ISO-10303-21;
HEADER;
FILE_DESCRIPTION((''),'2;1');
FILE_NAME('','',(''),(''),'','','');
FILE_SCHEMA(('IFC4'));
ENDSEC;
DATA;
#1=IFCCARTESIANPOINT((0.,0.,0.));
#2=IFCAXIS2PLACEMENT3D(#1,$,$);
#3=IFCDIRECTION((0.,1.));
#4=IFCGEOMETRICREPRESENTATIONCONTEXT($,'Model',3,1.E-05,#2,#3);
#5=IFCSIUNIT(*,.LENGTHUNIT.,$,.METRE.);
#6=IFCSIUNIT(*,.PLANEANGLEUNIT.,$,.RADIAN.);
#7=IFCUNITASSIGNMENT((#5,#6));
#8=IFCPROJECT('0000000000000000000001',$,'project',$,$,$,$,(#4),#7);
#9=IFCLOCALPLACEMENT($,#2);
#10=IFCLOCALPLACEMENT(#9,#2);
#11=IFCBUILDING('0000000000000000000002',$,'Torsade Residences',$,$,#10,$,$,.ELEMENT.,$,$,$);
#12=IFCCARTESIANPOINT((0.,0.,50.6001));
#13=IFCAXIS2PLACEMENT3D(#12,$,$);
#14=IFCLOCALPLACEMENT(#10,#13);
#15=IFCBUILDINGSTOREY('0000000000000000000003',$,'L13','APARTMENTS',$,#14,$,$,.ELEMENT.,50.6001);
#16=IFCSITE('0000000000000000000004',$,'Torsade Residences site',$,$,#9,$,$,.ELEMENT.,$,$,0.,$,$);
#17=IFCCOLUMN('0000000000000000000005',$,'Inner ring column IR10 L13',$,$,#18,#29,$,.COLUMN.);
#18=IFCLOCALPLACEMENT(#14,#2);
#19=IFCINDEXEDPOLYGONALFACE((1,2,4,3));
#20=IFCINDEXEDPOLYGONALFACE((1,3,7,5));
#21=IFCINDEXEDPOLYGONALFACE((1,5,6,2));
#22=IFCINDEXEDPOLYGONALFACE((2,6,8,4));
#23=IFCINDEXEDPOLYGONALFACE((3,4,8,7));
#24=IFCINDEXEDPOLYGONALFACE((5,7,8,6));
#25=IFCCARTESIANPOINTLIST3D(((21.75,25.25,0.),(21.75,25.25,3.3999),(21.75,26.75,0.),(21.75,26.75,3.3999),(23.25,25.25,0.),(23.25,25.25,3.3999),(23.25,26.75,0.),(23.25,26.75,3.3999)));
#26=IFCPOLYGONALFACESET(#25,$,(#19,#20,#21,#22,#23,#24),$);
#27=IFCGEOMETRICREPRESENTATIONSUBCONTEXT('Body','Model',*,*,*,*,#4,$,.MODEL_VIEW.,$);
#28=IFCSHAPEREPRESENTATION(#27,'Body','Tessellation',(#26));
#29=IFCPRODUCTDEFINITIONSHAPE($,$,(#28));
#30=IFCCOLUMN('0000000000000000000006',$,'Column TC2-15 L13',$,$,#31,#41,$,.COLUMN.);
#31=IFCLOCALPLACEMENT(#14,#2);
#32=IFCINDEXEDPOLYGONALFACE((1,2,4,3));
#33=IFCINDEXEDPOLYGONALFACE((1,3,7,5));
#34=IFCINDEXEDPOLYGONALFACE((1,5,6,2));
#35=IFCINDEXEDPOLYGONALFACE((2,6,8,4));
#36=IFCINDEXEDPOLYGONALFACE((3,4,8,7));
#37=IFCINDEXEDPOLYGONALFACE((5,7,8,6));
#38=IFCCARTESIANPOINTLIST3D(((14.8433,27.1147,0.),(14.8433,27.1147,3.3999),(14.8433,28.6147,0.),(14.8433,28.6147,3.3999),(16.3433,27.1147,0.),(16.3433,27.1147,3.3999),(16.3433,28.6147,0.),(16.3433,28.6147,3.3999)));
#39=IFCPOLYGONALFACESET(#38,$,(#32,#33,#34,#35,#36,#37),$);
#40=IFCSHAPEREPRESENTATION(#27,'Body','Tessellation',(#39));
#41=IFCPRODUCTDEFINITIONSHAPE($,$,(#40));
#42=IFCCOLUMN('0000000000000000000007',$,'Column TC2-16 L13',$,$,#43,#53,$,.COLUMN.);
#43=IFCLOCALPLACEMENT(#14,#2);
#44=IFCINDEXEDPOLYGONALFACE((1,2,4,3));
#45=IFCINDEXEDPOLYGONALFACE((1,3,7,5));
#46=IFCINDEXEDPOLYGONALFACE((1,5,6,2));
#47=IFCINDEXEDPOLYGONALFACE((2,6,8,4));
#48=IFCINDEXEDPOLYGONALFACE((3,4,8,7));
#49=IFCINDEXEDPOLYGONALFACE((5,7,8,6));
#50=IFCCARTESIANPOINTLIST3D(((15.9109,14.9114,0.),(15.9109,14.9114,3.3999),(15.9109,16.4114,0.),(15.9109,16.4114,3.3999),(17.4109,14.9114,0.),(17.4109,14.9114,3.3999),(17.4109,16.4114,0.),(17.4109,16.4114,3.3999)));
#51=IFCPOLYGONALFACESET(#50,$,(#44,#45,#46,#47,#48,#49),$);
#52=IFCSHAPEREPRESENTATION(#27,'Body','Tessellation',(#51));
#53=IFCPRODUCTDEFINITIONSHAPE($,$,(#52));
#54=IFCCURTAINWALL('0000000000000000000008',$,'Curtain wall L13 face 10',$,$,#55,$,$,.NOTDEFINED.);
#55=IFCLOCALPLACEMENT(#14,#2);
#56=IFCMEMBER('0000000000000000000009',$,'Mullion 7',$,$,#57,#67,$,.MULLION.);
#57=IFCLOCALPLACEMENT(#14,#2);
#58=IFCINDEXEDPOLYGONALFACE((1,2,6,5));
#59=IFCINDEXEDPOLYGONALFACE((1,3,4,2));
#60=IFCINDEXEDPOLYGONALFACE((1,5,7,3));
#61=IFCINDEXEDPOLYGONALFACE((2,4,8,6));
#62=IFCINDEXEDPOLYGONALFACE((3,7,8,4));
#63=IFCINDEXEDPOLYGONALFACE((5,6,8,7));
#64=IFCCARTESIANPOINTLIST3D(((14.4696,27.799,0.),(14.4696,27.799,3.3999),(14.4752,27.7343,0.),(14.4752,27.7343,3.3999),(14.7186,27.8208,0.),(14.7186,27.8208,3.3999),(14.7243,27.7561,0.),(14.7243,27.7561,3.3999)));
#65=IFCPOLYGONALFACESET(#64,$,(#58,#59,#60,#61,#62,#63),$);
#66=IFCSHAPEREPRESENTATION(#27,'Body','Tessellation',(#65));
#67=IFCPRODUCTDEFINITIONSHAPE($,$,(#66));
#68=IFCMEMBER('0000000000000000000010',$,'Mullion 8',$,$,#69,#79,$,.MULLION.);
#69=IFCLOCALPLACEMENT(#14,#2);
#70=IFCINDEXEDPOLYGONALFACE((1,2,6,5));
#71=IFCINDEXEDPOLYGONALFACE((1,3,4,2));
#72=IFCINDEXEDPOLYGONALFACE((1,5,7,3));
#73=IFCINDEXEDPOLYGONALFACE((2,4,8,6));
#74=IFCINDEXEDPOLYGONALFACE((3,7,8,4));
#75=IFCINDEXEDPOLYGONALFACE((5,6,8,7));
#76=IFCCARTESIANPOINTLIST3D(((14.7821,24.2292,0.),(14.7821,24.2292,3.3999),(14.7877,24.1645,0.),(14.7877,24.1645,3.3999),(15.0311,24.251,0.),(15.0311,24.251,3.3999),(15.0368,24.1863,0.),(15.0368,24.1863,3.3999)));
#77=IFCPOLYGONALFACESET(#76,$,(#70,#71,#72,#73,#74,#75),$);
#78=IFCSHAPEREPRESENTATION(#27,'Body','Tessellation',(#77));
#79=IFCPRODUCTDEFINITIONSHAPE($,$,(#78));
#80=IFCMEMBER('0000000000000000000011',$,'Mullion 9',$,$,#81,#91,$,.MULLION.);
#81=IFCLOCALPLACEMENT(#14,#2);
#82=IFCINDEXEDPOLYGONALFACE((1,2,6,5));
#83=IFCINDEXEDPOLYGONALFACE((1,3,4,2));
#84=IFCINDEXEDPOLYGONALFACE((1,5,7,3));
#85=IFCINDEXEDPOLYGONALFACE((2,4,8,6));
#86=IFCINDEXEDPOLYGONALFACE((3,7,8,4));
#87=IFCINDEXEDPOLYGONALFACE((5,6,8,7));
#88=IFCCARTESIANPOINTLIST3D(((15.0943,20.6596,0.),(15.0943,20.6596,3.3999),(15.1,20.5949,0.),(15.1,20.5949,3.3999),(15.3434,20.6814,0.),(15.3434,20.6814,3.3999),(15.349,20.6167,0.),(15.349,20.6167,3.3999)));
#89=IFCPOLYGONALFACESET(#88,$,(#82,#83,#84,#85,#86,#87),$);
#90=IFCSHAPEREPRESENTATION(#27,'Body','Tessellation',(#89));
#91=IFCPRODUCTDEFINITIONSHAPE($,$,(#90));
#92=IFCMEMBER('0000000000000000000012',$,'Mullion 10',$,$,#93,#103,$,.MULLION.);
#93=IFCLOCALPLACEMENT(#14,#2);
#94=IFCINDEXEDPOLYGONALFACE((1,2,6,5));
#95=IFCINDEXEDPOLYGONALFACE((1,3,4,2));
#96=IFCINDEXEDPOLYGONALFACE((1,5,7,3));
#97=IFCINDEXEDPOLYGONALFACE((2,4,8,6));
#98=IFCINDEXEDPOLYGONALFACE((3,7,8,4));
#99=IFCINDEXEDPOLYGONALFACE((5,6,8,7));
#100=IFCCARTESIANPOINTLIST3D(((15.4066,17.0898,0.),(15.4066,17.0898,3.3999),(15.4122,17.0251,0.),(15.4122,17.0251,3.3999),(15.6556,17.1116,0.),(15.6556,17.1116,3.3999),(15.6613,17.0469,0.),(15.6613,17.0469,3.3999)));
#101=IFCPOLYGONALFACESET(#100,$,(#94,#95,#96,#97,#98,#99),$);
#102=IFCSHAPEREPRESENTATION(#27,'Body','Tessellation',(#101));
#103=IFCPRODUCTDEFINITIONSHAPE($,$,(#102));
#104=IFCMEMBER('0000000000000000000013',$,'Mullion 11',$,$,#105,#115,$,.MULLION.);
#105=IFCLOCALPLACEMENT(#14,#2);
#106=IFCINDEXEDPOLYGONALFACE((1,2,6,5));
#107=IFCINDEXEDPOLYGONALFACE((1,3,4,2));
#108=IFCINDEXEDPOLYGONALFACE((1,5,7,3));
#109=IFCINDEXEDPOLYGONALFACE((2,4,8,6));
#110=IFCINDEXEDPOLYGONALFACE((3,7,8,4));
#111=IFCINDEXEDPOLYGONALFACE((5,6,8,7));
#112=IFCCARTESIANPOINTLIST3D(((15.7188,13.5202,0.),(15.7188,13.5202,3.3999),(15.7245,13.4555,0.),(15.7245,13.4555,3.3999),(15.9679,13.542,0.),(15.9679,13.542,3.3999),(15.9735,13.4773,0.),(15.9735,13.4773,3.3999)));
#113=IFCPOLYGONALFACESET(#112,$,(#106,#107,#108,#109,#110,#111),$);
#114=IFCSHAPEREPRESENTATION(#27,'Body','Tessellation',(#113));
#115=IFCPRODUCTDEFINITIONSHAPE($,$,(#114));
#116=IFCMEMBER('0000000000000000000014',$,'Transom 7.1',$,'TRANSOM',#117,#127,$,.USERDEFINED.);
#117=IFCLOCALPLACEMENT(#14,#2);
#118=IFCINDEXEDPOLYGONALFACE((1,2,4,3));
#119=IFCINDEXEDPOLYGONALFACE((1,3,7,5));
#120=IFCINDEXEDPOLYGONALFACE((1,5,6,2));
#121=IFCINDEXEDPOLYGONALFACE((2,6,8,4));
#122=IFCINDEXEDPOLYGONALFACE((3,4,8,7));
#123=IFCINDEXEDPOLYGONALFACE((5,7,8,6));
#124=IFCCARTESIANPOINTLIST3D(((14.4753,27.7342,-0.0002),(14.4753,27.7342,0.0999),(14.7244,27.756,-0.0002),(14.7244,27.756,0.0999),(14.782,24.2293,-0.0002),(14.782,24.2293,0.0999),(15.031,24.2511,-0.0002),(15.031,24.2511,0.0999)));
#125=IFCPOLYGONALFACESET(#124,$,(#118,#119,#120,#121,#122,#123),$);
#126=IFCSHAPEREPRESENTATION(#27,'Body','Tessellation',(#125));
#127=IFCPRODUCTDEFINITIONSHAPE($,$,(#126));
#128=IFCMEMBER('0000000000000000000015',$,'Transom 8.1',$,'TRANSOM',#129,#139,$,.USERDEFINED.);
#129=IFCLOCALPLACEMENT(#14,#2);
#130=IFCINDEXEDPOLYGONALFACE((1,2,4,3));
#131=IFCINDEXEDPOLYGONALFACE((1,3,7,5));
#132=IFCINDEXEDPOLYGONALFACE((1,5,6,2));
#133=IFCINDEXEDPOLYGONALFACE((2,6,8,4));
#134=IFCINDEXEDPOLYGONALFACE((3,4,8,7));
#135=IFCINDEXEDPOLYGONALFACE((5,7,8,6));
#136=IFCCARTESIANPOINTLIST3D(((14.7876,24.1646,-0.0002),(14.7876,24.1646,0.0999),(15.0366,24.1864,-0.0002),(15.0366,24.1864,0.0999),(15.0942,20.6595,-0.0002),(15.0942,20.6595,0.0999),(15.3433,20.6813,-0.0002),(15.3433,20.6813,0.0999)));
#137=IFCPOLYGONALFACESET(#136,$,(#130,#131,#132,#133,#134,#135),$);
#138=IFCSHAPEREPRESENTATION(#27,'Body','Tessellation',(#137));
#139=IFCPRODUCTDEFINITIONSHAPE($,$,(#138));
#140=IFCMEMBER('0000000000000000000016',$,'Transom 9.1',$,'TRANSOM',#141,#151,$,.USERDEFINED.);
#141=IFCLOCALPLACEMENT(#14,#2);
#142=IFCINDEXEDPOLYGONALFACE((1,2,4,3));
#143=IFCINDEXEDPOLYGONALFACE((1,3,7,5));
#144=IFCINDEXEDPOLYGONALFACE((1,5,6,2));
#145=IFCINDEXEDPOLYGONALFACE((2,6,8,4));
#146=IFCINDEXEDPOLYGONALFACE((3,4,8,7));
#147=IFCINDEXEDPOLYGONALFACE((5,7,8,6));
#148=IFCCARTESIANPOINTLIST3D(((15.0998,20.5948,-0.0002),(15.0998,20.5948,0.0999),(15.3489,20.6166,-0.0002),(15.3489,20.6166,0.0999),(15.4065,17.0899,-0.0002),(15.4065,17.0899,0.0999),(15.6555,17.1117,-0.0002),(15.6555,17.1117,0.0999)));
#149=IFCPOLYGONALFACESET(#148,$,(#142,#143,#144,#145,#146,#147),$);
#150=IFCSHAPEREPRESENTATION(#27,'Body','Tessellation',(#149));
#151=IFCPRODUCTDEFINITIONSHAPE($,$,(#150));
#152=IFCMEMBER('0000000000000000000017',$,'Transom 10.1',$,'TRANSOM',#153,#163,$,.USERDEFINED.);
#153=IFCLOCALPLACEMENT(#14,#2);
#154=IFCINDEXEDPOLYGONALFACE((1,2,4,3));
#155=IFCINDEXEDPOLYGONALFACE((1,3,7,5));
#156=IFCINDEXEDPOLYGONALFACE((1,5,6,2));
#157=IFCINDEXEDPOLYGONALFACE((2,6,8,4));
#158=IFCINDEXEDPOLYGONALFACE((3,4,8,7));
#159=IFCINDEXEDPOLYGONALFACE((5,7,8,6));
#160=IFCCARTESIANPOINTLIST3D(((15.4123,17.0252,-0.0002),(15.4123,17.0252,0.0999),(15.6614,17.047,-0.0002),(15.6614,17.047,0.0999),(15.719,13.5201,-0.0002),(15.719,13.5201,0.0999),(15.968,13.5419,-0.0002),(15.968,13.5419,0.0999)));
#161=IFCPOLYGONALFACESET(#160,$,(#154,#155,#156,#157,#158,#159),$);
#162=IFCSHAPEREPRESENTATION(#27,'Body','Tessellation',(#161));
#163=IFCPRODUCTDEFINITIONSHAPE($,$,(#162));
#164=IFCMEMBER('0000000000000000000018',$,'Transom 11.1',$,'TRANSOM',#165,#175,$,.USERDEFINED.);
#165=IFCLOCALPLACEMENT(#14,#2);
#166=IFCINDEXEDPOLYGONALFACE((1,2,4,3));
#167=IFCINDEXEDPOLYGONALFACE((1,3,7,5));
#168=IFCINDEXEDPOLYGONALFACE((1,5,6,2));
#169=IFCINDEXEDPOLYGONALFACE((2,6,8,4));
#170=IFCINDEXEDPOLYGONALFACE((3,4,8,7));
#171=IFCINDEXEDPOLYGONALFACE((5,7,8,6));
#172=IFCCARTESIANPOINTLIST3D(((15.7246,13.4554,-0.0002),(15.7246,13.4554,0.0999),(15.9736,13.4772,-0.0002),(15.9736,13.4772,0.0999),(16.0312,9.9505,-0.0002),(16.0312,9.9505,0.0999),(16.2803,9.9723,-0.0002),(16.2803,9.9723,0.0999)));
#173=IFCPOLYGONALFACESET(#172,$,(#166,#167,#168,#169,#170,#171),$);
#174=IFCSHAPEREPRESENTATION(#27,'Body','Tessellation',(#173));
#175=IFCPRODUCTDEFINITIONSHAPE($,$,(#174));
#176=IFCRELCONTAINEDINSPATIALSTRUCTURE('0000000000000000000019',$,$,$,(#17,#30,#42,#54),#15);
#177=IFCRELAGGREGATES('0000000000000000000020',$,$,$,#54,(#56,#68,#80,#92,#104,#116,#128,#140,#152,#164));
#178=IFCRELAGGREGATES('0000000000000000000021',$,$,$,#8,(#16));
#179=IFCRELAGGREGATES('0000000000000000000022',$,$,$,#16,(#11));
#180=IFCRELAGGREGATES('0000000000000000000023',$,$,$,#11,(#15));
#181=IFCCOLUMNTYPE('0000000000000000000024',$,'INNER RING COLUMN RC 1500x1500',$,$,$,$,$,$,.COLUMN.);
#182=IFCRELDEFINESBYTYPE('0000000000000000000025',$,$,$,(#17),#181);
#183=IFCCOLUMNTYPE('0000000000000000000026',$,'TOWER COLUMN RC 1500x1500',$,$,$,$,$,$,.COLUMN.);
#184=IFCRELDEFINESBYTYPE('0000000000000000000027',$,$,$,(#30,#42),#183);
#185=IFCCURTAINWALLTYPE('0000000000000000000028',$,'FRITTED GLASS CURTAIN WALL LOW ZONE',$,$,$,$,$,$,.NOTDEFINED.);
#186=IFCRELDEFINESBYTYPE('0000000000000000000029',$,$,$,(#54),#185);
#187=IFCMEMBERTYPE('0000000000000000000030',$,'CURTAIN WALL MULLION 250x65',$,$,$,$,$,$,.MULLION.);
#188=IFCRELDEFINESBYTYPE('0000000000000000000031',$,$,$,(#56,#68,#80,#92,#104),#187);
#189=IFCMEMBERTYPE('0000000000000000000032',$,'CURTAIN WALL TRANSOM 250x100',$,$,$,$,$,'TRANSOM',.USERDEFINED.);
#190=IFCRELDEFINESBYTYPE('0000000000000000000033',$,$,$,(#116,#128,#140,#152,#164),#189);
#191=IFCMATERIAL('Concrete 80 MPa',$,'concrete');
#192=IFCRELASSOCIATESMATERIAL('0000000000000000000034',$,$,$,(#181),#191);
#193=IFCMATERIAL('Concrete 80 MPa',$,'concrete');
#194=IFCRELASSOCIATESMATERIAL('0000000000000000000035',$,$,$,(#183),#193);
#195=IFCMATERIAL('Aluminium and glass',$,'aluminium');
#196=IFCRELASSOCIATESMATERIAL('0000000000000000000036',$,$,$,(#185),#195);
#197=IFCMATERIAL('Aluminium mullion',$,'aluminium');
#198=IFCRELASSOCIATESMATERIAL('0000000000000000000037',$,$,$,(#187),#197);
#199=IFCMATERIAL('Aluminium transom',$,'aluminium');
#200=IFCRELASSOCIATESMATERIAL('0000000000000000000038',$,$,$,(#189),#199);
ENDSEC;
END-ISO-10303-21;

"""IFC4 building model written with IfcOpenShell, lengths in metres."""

from ifc_helpers import new_model, si_unit, direction, frame, origin, origin_2d, place, context, subcontext, project, spatial, rectangle, extrude, material, material_profile, profile_set, type_object, element, aggregate, save


model = new_model("IFC4")

# Units and contexts
model_context = context("Model", 3, precision=1e-05, world=origin(), true_north=direction((0.0, 1.0)))
body_context = subcontext(model_context, "Body", "Model", "MODEL_VIEW")
ifc_project = project(units=[si_unit("LENGTHUNIT", "METRE"), si_unit("PLANEANGLEUNIT", "RADIAN")], contexts=[model_context])

# Site, building, storey
site_placement = place(None, origin())
site = spatial("IfcSite", under=ifc_project, at=site_placement, Name="Torsade Residences site", CompositionType="ELEMENT", RefElevation=0.0)
building_placement = place(site_placement, origin())
building = spatial("IfcBuilding", under=site, at=building_placement, Name="Torsade Residences", CompositionType="ELEMENT")
storey_placement = place(building_placement, frame((0.0, 0.0, 50.6001)))
storey = spatial("IfcBuildingStorey", under=building, at=storey_placement, Name="L13", Description="APARTMENTS", CompositionType="ELEMENT", Elevation=50.6001)

# Columns
ifc_material_1 = material(Name="Concrete 80 MPa", Category="concrete")
ifc_material_profile_1 = material_profile(ifc_material_1, rectangle(XDim=1.5, YDim=1.5, at=origin_2d()), Name="RC 1500x1500")
ifc_profile_set_1 = profile_set([ifc_material_profile_1], Name="Concrete 80 MPa")
column_type_1 = type_object("IfcColumnType", Name="INNER RING COLUMN RC 1500x1500", PredefinedType="COLUMN", material=ifc_profile_set_1)
column_placement = place(storey_placement, frame((22.5, 26.0, 0.0), z_axis=(0.0, 0.0, 1.0), x_axis=(1.0, 0.0, 0.0)))
element("IfcColumn", 1, at=column_placement, inside=storey, type_object=column_type_1, Name="Inner ring column IR10 L13", PredefinedType="COLUMN", context=body_context, shape_type="SweptSolid", body=[
    extrude(rectangle(XDim=1.5, YDim=1.5, at=origin_2d()), origin(), (0.0, 0.0, 1.0), 3.3999),
])
ifc_material_2 = material(Name="Concrete 80 MPa", Category="concrete")
ifc_material_profile_2 = material_profile(ifc_material_2, rectangle(XDim=1.5, YDim=1.5, at=origin_2d()), Name="RC 1500x1500")
ifc_profile_set_2 = profile_set([ifc_material_profile_2], Name="Concrete 80 MPa")
column_type_2 = type_object("IfcColumnType", Name="TOWER COLUMN RC 1500x1500", PredefinedType="COLUMN", material=ifc_profile_set_2)
for number, where, z_axis, x_axis, name in (
    (2, (15.5933, 27.8647, 0.0), (0.0, 0.0, 1.0), (1.0, 0.0, 0.0), "Column TC2-15 L13"),
    (3, (16.6609, 15.6614, 0.0), (0.0, 0.0, 1.0), (1.0, 0.0, 0.0), "Column TC2-16 L13"),
):
    element("IfcColumn", number, at=place(storey_placement, frame(where, z_axis=z_axis, x_axis=x_axis)), inside=storey, type_object=column_type_2, Name=name, PredefinedType="COLUMN", context=body_context, shape_type="SweptSolid", body=[
        extrude(rectangle(XDim=1.5, YDim=1.5, at=origin_2d()), origin(), (0.0, 0.0, 1.0), 3.3999),
    ])

# Curtain wall, members
ifc_material_3 = material(Name="Aluminium and glass", Category="aluminium")
curtain_wall_type = type_object("IfcCurtainWallType", Name="FRITTED GLASS CURTAIN WALL LOW ZONE", PredefinedType="NOTDEFINED", material=ifc_material_3)
curtain_wall_placement = place(storey_placement, origin())
curtain_wall = element("IfcCurtainWall", 4, at=curtain_wall_placement, inside=storey, type_object=curtain_wall_type, Name="Curtain wall L13 face 10", PredefinedType="NOTDEFINED")
ifc_material_4 = material(Name="Aluminium mullion", Category="aluminium")
ifc_material_profile_3 = material_profile(ifc_material_4, rectangle(XDim=0.25, YDim=0.0649, at=origin_2d()), Name="CURTAIN WALL MULLION 250x65")
ifc_profile_set_3 = profile_set([ifc_material_profile_3], Name="Aluminium mullion")
member_type_1 = type_object("IfcMemberType", Name="CURTAIN WALL MULLION 250x65", PredefinedType="MULLION", material=ifc_profile_set_3)
member_1_placement = place(storey_placement, frame((14.5969, 27.7776, 0.0), z_axis=(0.0, 0.0, 1.0), x_axis=(0.996195, 0.087156, 0.0)))
member_1 = element("IfcMember", 5, at=member_1_placement, type_object=member_type_1, Name="Mullion 7", PredefinedType="MULLION", context=body_context, shape_type="SweptSolid", body=[
    extrude(rectangle(XDim=0.25, YDim=0.0649, at=origin_2d()), origin(), (0.0, 0.0, 1.0), 3.3999),
])
member_2_placement = place(storey_placement, frame((14.9094, 24.2078, 0.0), z_axis=(0.0, 0.0, 1.0), x_axis=(0.996195, 0.087156, 0.0)))
member_2 = element("IfcMember", 6, at=member_2_placement, type_object=member_type_1, Name="Mullion 8", PredefinedType="MULLION", context=body_context, shape_type="SweptSolid", body=[
    extrude(rectangle(XDim=0.25, YDim=0.0649, at=origin_2d()), origin(), (0.0, 0.0, 1.0), 3.3999),
])
member_3_placement = place(storey_placement, frame((15.2217, 20.6382, 0.0), z_axis=(0.0, 0.0, 1.0), x_axis=(0.996195, 0.087156, 0.0)))
member_3 = element("IfcMember", 7, at=member_3_placement, type_object=member_type_1, Name="Mullion 9", PredefinedType="MULLION", context=body_context, shape_type="SweptSolid", body=[
    extrude(rectangle(XDim=0.25, YDim=0.0649, at=origin_2d()), origin(), (0.0, 0.0, 1.0), 3.3999),
])
member_4_placement = place(storey_placement, frame((15.5339, 17.0684, 0.0), z_axis=(0.0, 0.0, 1.0), x_axis=(0.996195, 0.087156, 0.0)))
member_4 = element("IfcMember", 8, at=member_4_placement, type_object=member_type_1, Name="Mullion 10", PredefinedType="MULLION", context=body_context, shape_type="SweptSolid", body=[
    extrude(rectangle(XDim=0.25, YDim=0.0649, at=origin_2d()), origin(), (0.0, 0.0, 1.0), 3.3999),
])
member_5_placement = place(storey_placement, frame((15.8462, 13.4988, 0.0), z_axis=(0.0, 0.0, 1.0), x_axis=(0.996195, 0.087156, 0.0)))
member_5 = element("IfcMember", 9, at=member_5_placement, type_object=member_type_1, Name="Mullion 11", PredefinedType="MULLION", context=body_context, shape_type="SweptSolid", body=[
    extrude(rectangle(XDim=0.25, YDim=0.0649, at=origin_2d()), origin(), (0.0, 0.0, 1.0), 3.3999),
])
ifc_material_5 = material(Name="Aluminium transom", Category="aluminium")
ifc_material_profile_4 = material_profile(ifc_material_5, rectangle(XDim=0.25, YDim=0.1001, at=origin_2d()), Name="CURTAIN WALL TRANSOM 250x100")
ifc_profile_set_4 = profile_set([ifc_material_profile_4], Name="Aluminium transom")
member_type_2 = type_object("IfcMemberType", Name="CURTAIN WALL TRANSOM 250x100", ElementType="TRANSOM", PredefinedType="USERDEFINED", material=ifc_profile_set_4)
member_6_placement = place(storey_placement, frame((14.5999, 27.7451, 0.0498), z_axis=(0.087157, -0.996195, 0.0), x_axis=(0.996195, 0.087157, 0.0)))
member_6 = element("IfcMember", 10, at=member_6_placement, type_object=member_type_2, Name="Transom 7.1", ObjectType="TRANSOM", PredefinedType="USERDEFINED", context=body_context, shape_type="SweptSolid", body=[
    extrude(rectangle(XDim=0.25, YDim=0.1001, at=origin_2d()), origin(), (0.0, 0.0, 1.0), 3.5183),
])
member_7_placement = place(storey_placement, frame((14.9121, 24.1755, 0.0498), z_axis=(0.087151, -0.996195, 0.0), x_axis=(0.996195, 0.087151, 0.0)))
member_7 = element("IfcMember", 11, at=member_7_placement, type_object=member_type_2, Name="Transom 8.1", ObjectType="TRANSOM", PredefinedType="USERDEFINED", context=body_context, shape_type="SweptSolid", body=[
    extrude(rectangle(XDim=0.25, YDim=0.1001, at=origin_2d()), origin(), (0.0, 0.0, 1.0), 3.5186),
])
member_8_placement = place(storey_placement, frame((15.2244, 20.6057, 0.0498), z_axis=(0.087157, -0.996195, 0.0), x_axis=(0.996195, 0.087157, 0.0)))
member_8 = element("IfcMember", 12, at=member_8_placement, type_object=member_type_2, Name="Transom 9.1", ObjectType="TRANSOM", PredefinedType="USERDEFINED", context=body_context, shape_type="SweptSolid", body=[
    extrude(rectangle(XDim=0.25, YDim=0.1001, at=origin_2d()), origin(), (0.0, 0.0, 1.0), 3.5183),
])
member_9_placement = place(storey_placement, frame((15.5369, 17.0361, 0.0498), z_axis=(0.087151, -0.996195, 0.0), x_axis=(0.996195, 0.087151, 0.0)))
member_9 = element("IfcMember", 13, at=member_9_placement, type_object=member_type_2, Name="Transom 10.1", ObjectType="TRANSOM", PredefinedType="USERDEFINED", context=body_context, shape_type="SweptSolid", body=[
    extrude(rectangle(XDim=0.25, YDim=0.1001, at=origin_2d()), origin(), (0.0, 0.0, 1.0), 3.5186),
])
member_10_placement = place(storey_placement, frame((15.8491, 13.4663, 0.0498), z_axis=(0.087157, -0.996195, 0.0), x_axis=(0.996195, 0.087157, 0.0)))
member_10 = element("IfcMember", 14, at=member_10_placement, type_object=member_type_2, Name="Transom 11.1", ObjectType="TRANSOM", PredefinedType="USERDEFINED", context=body_context, shape_type="SweptSolid", body=[
    extrude(rectangle(XDim=0.25, YDim=0.1001, at=origin_2d()), origin(), (0.0, 0.0, 1.0), 3.5183),
])

aggregate(curtain_wall, [member_1, member_2, member_3, member_4, member_5, member_6, member_7, member_8, member_9, member_10])

save(model, "model.ifc")
